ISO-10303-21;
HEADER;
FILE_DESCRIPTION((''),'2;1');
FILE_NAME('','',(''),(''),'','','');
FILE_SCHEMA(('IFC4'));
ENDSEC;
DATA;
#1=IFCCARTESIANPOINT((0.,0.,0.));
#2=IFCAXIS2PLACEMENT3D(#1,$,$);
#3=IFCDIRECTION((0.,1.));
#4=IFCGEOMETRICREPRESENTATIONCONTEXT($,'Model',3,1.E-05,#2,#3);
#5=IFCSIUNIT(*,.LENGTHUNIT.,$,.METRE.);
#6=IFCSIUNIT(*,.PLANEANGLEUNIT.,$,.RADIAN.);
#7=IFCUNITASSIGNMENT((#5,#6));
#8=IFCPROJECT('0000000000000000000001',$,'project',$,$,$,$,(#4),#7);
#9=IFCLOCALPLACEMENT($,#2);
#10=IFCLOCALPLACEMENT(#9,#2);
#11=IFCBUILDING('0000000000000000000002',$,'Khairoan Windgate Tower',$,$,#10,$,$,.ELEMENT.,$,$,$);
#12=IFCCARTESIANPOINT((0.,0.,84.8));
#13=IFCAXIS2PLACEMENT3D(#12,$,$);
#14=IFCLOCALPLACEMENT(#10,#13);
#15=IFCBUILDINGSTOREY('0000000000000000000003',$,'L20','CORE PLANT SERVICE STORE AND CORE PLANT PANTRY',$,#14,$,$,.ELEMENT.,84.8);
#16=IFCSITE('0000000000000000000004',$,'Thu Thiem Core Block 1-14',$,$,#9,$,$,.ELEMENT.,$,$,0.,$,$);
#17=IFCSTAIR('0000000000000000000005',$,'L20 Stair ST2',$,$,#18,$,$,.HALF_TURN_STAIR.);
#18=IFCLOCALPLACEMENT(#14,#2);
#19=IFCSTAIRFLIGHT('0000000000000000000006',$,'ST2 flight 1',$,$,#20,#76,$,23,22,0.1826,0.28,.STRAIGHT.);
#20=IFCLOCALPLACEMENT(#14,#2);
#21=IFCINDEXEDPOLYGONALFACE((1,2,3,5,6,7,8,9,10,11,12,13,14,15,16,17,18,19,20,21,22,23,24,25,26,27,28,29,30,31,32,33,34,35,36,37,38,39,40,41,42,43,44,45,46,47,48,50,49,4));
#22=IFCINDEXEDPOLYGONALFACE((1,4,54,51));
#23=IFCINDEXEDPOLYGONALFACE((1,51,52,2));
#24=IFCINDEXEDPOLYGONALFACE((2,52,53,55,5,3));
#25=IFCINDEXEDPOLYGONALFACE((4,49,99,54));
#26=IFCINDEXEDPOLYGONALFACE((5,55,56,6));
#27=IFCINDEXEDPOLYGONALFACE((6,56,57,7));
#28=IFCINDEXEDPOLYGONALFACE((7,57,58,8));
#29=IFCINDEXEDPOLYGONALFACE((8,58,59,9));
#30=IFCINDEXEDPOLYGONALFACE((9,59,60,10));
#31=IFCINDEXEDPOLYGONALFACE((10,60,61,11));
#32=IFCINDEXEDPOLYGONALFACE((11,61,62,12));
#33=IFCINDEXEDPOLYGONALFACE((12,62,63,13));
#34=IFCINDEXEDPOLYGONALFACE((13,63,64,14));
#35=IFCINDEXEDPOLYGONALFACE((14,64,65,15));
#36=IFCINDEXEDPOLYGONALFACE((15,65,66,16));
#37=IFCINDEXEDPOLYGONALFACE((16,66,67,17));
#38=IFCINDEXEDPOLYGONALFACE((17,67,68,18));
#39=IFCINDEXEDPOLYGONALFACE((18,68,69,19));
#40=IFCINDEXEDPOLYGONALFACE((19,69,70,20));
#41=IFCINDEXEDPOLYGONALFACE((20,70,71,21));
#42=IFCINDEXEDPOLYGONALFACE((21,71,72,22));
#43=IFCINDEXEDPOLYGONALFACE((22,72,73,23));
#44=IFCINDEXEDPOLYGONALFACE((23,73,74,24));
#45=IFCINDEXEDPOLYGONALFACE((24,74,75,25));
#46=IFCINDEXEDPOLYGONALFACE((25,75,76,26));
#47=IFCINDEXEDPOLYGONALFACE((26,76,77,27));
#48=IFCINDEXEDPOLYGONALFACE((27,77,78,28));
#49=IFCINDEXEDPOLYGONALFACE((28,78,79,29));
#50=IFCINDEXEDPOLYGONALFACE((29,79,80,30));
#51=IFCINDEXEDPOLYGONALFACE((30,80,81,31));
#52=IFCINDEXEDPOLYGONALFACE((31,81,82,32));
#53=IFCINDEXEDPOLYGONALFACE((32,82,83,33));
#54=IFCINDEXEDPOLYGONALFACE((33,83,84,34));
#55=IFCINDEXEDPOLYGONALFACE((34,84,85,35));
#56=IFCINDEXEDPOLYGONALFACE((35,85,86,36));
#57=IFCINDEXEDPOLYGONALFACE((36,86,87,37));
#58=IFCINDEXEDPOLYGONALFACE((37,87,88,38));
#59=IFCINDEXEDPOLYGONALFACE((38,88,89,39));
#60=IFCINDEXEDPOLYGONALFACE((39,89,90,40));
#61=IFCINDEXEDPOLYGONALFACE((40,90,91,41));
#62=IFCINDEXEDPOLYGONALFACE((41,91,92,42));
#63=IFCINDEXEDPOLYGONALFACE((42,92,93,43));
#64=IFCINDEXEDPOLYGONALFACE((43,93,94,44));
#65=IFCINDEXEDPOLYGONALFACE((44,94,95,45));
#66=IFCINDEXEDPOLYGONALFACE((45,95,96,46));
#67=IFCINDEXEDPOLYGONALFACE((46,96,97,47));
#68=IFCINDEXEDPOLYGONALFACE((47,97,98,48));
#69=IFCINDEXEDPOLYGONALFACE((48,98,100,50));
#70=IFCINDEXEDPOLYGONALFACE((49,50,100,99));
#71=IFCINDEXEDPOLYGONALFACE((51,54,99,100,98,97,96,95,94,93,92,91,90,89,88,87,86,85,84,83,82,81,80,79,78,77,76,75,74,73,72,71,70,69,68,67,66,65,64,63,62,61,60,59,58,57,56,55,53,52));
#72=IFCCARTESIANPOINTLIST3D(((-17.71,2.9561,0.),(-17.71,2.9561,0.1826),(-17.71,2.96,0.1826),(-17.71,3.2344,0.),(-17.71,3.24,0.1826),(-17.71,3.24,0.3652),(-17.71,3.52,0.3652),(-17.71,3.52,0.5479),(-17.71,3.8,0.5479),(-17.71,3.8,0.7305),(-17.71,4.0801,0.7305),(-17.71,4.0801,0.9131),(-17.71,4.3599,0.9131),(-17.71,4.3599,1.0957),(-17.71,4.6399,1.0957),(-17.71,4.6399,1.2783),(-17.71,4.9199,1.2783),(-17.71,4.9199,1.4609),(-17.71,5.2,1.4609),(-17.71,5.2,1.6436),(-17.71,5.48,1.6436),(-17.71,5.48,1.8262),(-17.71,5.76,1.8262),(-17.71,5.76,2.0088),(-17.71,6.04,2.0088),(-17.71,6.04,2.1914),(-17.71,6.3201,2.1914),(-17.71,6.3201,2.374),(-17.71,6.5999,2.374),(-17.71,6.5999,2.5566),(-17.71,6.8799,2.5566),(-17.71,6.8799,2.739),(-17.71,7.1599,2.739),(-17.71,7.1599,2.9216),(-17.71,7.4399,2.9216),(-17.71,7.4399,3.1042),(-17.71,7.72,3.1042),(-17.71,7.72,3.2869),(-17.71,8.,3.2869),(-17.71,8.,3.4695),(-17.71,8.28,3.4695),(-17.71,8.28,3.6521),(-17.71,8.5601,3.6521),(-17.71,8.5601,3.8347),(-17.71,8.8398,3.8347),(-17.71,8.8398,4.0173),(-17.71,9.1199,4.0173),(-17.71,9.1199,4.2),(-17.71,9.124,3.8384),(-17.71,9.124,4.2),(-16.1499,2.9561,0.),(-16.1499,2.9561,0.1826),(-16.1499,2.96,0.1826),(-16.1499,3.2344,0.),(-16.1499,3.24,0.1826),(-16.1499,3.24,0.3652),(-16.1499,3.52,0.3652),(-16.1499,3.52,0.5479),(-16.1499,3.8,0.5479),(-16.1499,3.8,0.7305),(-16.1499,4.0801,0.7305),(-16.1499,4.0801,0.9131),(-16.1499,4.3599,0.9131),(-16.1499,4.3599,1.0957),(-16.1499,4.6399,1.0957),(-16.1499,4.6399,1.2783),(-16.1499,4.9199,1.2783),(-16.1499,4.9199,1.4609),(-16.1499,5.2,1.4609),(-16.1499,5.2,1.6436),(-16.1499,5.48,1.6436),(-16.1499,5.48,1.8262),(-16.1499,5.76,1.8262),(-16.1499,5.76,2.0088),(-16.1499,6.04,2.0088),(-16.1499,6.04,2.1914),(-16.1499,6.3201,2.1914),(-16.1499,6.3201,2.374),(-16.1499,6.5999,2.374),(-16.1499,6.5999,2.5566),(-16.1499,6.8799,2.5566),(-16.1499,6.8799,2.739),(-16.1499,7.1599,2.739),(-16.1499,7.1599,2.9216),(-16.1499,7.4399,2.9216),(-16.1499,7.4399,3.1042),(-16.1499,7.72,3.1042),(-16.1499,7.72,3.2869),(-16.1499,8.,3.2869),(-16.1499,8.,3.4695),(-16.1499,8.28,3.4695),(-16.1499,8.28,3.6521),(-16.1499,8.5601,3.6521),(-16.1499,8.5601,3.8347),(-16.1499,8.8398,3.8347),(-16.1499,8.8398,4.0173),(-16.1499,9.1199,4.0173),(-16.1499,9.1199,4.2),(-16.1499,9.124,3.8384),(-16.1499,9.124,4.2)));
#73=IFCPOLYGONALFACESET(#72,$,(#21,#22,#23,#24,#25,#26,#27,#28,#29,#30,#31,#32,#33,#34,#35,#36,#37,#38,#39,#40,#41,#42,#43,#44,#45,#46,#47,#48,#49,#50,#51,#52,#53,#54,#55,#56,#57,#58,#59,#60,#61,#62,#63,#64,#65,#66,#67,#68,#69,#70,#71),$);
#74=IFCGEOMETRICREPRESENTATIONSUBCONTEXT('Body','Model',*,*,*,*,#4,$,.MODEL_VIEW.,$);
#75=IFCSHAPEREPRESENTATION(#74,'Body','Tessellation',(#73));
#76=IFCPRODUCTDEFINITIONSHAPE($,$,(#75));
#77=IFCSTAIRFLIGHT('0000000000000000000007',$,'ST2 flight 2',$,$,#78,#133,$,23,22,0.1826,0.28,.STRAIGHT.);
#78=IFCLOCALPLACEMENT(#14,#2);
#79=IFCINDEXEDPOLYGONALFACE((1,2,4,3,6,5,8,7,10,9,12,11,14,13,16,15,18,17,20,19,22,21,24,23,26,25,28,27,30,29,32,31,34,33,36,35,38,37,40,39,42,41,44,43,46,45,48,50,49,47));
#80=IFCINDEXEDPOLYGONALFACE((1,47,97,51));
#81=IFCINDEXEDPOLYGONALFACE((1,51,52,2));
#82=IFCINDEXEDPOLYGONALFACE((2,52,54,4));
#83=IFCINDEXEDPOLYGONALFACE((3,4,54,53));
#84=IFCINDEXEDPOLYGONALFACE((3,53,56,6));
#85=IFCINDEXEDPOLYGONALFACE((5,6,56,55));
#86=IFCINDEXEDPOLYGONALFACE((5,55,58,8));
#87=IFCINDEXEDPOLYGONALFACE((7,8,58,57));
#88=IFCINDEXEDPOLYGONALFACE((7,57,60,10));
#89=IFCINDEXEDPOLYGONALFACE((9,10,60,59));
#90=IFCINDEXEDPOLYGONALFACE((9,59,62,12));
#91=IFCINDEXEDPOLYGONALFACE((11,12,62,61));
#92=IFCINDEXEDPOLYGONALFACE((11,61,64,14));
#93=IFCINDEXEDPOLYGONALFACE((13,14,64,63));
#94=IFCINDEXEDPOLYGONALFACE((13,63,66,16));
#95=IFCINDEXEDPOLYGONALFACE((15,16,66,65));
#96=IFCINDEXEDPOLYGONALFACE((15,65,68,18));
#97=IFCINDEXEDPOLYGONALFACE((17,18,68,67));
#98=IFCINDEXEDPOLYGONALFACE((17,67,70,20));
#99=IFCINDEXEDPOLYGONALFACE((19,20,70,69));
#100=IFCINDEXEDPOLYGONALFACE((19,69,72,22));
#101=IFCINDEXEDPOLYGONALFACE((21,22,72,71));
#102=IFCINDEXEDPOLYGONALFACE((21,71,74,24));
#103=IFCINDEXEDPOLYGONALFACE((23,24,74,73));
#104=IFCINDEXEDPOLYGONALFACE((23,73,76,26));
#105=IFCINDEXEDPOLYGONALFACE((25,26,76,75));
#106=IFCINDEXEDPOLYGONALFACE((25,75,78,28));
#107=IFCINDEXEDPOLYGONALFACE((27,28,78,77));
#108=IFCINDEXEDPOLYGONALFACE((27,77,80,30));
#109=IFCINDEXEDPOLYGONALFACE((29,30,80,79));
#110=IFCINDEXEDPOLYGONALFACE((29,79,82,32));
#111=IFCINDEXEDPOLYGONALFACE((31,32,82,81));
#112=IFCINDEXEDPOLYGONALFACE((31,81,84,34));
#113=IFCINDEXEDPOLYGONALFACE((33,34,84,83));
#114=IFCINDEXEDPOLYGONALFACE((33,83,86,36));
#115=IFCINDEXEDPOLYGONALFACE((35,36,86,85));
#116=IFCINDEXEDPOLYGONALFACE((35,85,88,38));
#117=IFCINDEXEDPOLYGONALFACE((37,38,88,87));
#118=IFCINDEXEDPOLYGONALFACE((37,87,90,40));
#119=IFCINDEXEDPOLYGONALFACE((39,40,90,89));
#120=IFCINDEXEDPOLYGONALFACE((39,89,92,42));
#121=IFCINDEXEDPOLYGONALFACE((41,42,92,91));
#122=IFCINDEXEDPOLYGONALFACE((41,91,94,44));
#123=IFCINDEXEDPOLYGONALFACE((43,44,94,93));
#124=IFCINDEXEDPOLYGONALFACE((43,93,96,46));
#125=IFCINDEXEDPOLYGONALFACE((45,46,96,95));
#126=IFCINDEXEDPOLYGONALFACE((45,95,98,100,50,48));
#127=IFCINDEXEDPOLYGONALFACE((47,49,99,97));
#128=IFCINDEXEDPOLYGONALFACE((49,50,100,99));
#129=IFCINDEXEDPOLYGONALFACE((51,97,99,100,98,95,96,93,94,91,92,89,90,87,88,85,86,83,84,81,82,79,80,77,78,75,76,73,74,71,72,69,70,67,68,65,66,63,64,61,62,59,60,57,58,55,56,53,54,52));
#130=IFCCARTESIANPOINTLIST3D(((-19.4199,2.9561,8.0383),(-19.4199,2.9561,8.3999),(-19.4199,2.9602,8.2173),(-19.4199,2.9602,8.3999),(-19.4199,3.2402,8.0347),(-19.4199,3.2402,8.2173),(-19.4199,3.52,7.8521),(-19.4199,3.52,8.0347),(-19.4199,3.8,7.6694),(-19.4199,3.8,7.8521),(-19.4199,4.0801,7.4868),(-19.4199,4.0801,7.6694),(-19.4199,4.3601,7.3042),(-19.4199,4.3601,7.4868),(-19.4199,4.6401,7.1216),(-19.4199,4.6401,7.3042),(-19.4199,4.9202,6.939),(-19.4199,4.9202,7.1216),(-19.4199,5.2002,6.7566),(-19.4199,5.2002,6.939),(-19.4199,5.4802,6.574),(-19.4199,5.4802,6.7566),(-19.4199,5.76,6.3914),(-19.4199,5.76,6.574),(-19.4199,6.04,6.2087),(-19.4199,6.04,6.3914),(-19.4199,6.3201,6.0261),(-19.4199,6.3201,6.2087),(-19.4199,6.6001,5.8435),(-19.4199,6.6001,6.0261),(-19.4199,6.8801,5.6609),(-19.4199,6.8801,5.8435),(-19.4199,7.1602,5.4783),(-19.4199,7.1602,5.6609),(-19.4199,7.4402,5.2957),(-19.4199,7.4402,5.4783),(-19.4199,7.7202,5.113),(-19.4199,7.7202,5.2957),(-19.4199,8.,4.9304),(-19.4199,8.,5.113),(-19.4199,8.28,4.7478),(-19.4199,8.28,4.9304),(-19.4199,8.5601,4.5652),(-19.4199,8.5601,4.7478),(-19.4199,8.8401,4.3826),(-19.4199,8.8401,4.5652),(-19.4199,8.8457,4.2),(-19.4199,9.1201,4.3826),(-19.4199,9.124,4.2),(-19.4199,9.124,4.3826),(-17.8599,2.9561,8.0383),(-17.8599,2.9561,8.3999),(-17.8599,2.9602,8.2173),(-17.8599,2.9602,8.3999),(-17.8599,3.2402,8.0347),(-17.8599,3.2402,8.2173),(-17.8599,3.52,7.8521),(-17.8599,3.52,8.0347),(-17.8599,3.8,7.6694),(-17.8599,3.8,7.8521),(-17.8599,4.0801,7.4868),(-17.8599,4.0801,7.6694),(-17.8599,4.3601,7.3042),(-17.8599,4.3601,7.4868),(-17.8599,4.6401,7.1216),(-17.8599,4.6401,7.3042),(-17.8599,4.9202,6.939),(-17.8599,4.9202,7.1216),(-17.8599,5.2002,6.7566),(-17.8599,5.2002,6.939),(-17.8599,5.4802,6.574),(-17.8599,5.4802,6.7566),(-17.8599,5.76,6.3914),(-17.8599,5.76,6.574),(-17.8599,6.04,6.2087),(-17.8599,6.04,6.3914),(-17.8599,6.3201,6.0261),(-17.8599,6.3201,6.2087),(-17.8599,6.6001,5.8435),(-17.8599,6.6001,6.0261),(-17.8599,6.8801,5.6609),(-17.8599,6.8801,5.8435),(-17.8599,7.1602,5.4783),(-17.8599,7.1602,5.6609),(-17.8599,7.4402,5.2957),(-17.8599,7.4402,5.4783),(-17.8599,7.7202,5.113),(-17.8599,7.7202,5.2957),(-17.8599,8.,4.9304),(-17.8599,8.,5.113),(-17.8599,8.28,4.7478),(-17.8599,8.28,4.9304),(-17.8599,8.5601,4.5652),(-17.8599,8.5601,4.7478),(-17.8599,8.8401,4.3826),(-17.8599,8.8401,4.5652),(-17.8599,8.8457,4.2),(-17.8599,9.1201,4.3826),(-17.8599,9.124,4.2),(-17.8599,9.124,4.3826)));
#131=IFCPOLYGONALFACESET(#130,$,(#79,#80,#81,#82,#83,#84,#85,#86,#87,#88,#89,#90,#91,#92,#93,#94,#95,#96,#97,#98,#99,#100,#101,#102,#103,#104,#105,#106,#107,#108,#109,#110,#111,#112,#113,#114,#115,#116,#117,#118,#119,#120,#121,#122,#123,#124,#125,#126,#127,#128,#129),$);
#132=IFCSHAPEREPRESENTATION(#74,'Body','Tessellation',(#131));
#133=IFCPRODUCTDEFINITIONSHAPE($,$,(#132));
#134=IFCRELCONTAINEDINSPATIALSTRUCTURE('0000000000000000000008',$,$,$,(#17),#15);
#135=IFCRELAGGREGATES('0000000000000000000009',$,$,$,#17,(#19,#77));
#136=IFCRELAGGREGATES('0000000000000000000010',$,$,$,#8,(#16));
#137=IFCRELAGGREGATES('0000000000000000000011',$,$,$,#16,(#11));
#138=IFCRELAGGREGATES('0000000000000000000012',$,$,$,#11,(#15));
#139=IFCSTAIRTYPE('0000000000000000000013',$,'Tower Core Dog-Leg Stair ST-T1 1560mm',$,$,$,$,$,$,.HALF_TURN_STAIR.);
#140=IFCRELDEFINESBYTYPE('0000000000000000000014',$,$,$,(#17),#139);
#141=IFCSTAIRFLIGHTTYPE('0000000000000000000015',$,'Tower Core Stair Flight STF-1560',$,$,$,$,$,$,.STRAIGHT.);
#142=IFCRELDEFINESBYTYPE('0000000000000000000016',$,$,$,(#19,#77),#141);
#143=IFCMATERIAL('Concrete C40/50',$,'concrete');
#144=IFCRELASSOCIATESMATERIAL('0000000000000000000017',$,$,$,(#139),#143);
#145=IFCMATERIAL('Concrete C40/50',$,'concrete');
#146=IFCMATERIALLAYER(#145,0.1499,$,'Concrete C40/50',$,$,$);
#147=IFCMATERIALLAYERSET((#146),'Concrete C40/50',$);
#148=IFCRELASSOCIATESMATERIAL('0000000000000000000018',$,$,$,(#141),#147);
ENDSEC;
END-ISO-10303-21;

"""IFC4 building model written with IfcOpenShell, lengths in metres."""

from ifc_helpers import new_model, si_unit, direction, frame, origin, place, context, subcontext, project, spatial, polyline, outline, extrude, material, layer, layer_set, type_object, element, aggregate, save


model = new_model("IFC4")

# Units and contexts
model_context = context("Model", 3, precision=1e-05, world=origin(), true_north=direction((0.0, 1.0)))
body_context = subcontext(model_context, "Body", "Model", "MODEL_VIEW")
ifc_project = project(units=[si_unit("LENGTHUNIT", "METRE"), si_unit("PLANEANGLEUNIT", "RADIAN")], contexts=[model_context])

# Site, building, storey
site_placement = place(None, origin())
site = spatial("IfcSite", under=ifc_project, at=site_placement, Name="Thu Thiem Core Block 1-14", CompositionType="ELEMENT", RefElevation=0.0)
building_placement = place(site_placement, origin())
building = spatial("IfcBuilding", under=site, at=building_placement, Name="Khairoan Windgate Tower", CompositionType="ELEMENT")
storey_placement = place(building_placement, frame((0.0, 0.0, 84.8)))
storey = spatial("IfcBuildingStorey", under=building, at=storey_placement, Name="L20", Description="CORE PLANT SERVICE STORE AND CORE PLANT PANTRY", CompositionType="ELEMENT", Elevation=84.8)

# Stair, stair flights
ifc_material_1 = material(Name="Concrete C40/50", Category="concrete")
stair_type = type_object("IfcStairType", Name="Tower Core Dog-Leg Stair ST-T1 1560mm", PredefinedType="HALF_TURN_STAIR", material=ifc_material_1)
stair_placement = place(storey_placement, origin())
stair = element("IfcStair", 1, at=stair_placement, inside=storey, type_object=stair_type, Name="L20 Stair ST2", PredefinedType="HALF_TURN_STAIR")
ifc_material_2 = material(Name="Concrete C40/50", Category="concrete")
ifc_layer_1 = layer(ifc_material_2, 0.1499, Name="Concrete C40/50")
ifc_layer_set_1 = layer_set([ifc_layer_1], Name="Concrete C40/50")
stair_flight_type = type_object("IfcStairFlightType", Name="Tower Core Stair Flight STF-1560", PredefinedType="STRAIGHT", material=ifc_layer_set_1)
stair_flight_1_placement = place(storey_placement, frame((-16.9299, 2.96, 0.0), z_axis=(0.0, 0.0, 1.0), x_axis=(0.0, 1.0, 0.0)))
stair_flight_1 = element("IfcStairFlight", 2, at=stair_flight_1_placement, type_object=stair_flight_type, Name="ST2 flight 1", NumberOfRisers=23, NumberOfTreads=22, PredefinedType="STRAIGHT", RiserHeight=0.1826, TreadLength=0.28, context=body_context, shape_type="SweptSolid", body=[
    extrude(outline(polyline([(-0.0039, 0.0), (-0.0039, 0.1826), (0.0, 0.1826), (0.28, 0.1826), (0.28, 0.3652), (0.5601, 0.3652), (0.5601, 0.5479), (0.8401, 0.5479), (0.8401, 0.7305), (1.1201, 0.7305), (1.1201, 0.9131), (1.3999, 0.9131), (1.3999, 1.0957), (1.6799, 1.0957), (1.6799, 1.2783), (1.96, 1.2783), (1.96, 1.4609), (2.24, 1.4609), (2.24, 1.6436), (2.52, 1.6436), (2.52, 1.8262), (2.8, 1.8262), (2.8, 2.0088), (3.0801, 2.0088), (3.0801, 2.1914), (3.3601, 2.1914), (3.3601, 2.374), (3.6399, 2.374), (3.6399, 2.5566), (3.9199, 2.5566), (3.9199, 2.739), (4.2, 2.739), (4.2, 2.9216), (4.48, 2.9216), (4.48, 3.1042), (4.76, 3.1042), (4.76, 3.2869), (5.04, 3.2869), (5.04, 3.4695), (5.3201, 3.4695), (5.3201, 3.6521), (5.6001, 3.6521), (5.6001, 3.8347), (5.8799, 3.8347), (5.8799, 4.0173), (6.1599, 4.0173), (6.1599, 4.2), (6.1641, 4.2), (6.1641, 3.8384), (0.2744, 0.0), (-0.0039, 0.0)])), frame((0.0, 0.78, 0.0), z_axis=(0.0, -1.0, 0.0), x_axis=(1.0, 0.0, 0.0)), (0.0, 0.0, 1.0), 1.5601),
])
stair_flight_2_placement = place(storey_placement, frame((-18.6399, 9.1201, 4.2), z_axis=(0.0, 0.0, 1.0), x_axis=(0.0, -1.0, 0.0)))
stair_flight_2 = element("IfcStairFlight", 3, at=stair_flight_2_placement, type_object=stair_flight_type, Name="ST2 flight 2", NumberOfRisers=23, NumberOfTreads=22, PredefinedType="STRAIGHT", RiserHeight=0.1826, TreadLength=0.28, context=body_context, shape_type="SweptSolid", body=[
    extrude(outline(polyline([(-0.0039, 0.0), (-0.0039, 0.1826), (0.0, 0.1826), (0.28, 0.1826), (0.28, 0.3652), (0.5601, 0.3652), (0.5601, 0.5479), (0.8401, 0.5479), (0.8401, 0.7305), (1.1201, 0.7305), (1.1201, 0.9131), (1.3999, 0.9131), (1.3999, 1.0957), (1.6799, 1.0957), (1.6799, 1.2783), (1.96, 1.2783), (1.96, 1.4609), (2.24, 1.4609), (2.24, 1.6436), (2.52, 1.6436), (2.52, 1.8262), (2.8, 1.8262), (2.8, 2.0088), (3.0801, 2.0088), (3.0801, 2.1914), (3.3601, 2.1914), (3.3601, 2.374), (3.6399, 2.374), (3.6399, 2.5566), (3.9199, 2.5566), (3.9199, 2.739), (4.2, 2.739), (4.2, 2.9216), (4.48, 2.9216), (4.48, 3.1042), (4.76, 3.1042), (4.76, 3.2869), (5.04, 3.2869), (5.04, 3.4695), (5.3201, 3.4695), (5.3201, 3.6521), (5.6001, 3.6521), (5.6001, 3.8347), (5.8799, 3.8347), (5.8799, 4.0173), (6.1599, 4.0173), (6.1599, 4.2), (6.1641, 4.2), (6.1641, 3.8384), (0.2744, 0.0), (-0.0039, 0.0)])), frame((0.0, 0.78, 0.0), z_axis=(0.0, -1.0, 0.0), x_axis=(1.0, 0.0, 0.0)), (0.0, 0.0, 1.0), 1.5601),
])
aggregate(stair, [stair_flight_1, stair_flight_2])

save(model, "model.ifc")
